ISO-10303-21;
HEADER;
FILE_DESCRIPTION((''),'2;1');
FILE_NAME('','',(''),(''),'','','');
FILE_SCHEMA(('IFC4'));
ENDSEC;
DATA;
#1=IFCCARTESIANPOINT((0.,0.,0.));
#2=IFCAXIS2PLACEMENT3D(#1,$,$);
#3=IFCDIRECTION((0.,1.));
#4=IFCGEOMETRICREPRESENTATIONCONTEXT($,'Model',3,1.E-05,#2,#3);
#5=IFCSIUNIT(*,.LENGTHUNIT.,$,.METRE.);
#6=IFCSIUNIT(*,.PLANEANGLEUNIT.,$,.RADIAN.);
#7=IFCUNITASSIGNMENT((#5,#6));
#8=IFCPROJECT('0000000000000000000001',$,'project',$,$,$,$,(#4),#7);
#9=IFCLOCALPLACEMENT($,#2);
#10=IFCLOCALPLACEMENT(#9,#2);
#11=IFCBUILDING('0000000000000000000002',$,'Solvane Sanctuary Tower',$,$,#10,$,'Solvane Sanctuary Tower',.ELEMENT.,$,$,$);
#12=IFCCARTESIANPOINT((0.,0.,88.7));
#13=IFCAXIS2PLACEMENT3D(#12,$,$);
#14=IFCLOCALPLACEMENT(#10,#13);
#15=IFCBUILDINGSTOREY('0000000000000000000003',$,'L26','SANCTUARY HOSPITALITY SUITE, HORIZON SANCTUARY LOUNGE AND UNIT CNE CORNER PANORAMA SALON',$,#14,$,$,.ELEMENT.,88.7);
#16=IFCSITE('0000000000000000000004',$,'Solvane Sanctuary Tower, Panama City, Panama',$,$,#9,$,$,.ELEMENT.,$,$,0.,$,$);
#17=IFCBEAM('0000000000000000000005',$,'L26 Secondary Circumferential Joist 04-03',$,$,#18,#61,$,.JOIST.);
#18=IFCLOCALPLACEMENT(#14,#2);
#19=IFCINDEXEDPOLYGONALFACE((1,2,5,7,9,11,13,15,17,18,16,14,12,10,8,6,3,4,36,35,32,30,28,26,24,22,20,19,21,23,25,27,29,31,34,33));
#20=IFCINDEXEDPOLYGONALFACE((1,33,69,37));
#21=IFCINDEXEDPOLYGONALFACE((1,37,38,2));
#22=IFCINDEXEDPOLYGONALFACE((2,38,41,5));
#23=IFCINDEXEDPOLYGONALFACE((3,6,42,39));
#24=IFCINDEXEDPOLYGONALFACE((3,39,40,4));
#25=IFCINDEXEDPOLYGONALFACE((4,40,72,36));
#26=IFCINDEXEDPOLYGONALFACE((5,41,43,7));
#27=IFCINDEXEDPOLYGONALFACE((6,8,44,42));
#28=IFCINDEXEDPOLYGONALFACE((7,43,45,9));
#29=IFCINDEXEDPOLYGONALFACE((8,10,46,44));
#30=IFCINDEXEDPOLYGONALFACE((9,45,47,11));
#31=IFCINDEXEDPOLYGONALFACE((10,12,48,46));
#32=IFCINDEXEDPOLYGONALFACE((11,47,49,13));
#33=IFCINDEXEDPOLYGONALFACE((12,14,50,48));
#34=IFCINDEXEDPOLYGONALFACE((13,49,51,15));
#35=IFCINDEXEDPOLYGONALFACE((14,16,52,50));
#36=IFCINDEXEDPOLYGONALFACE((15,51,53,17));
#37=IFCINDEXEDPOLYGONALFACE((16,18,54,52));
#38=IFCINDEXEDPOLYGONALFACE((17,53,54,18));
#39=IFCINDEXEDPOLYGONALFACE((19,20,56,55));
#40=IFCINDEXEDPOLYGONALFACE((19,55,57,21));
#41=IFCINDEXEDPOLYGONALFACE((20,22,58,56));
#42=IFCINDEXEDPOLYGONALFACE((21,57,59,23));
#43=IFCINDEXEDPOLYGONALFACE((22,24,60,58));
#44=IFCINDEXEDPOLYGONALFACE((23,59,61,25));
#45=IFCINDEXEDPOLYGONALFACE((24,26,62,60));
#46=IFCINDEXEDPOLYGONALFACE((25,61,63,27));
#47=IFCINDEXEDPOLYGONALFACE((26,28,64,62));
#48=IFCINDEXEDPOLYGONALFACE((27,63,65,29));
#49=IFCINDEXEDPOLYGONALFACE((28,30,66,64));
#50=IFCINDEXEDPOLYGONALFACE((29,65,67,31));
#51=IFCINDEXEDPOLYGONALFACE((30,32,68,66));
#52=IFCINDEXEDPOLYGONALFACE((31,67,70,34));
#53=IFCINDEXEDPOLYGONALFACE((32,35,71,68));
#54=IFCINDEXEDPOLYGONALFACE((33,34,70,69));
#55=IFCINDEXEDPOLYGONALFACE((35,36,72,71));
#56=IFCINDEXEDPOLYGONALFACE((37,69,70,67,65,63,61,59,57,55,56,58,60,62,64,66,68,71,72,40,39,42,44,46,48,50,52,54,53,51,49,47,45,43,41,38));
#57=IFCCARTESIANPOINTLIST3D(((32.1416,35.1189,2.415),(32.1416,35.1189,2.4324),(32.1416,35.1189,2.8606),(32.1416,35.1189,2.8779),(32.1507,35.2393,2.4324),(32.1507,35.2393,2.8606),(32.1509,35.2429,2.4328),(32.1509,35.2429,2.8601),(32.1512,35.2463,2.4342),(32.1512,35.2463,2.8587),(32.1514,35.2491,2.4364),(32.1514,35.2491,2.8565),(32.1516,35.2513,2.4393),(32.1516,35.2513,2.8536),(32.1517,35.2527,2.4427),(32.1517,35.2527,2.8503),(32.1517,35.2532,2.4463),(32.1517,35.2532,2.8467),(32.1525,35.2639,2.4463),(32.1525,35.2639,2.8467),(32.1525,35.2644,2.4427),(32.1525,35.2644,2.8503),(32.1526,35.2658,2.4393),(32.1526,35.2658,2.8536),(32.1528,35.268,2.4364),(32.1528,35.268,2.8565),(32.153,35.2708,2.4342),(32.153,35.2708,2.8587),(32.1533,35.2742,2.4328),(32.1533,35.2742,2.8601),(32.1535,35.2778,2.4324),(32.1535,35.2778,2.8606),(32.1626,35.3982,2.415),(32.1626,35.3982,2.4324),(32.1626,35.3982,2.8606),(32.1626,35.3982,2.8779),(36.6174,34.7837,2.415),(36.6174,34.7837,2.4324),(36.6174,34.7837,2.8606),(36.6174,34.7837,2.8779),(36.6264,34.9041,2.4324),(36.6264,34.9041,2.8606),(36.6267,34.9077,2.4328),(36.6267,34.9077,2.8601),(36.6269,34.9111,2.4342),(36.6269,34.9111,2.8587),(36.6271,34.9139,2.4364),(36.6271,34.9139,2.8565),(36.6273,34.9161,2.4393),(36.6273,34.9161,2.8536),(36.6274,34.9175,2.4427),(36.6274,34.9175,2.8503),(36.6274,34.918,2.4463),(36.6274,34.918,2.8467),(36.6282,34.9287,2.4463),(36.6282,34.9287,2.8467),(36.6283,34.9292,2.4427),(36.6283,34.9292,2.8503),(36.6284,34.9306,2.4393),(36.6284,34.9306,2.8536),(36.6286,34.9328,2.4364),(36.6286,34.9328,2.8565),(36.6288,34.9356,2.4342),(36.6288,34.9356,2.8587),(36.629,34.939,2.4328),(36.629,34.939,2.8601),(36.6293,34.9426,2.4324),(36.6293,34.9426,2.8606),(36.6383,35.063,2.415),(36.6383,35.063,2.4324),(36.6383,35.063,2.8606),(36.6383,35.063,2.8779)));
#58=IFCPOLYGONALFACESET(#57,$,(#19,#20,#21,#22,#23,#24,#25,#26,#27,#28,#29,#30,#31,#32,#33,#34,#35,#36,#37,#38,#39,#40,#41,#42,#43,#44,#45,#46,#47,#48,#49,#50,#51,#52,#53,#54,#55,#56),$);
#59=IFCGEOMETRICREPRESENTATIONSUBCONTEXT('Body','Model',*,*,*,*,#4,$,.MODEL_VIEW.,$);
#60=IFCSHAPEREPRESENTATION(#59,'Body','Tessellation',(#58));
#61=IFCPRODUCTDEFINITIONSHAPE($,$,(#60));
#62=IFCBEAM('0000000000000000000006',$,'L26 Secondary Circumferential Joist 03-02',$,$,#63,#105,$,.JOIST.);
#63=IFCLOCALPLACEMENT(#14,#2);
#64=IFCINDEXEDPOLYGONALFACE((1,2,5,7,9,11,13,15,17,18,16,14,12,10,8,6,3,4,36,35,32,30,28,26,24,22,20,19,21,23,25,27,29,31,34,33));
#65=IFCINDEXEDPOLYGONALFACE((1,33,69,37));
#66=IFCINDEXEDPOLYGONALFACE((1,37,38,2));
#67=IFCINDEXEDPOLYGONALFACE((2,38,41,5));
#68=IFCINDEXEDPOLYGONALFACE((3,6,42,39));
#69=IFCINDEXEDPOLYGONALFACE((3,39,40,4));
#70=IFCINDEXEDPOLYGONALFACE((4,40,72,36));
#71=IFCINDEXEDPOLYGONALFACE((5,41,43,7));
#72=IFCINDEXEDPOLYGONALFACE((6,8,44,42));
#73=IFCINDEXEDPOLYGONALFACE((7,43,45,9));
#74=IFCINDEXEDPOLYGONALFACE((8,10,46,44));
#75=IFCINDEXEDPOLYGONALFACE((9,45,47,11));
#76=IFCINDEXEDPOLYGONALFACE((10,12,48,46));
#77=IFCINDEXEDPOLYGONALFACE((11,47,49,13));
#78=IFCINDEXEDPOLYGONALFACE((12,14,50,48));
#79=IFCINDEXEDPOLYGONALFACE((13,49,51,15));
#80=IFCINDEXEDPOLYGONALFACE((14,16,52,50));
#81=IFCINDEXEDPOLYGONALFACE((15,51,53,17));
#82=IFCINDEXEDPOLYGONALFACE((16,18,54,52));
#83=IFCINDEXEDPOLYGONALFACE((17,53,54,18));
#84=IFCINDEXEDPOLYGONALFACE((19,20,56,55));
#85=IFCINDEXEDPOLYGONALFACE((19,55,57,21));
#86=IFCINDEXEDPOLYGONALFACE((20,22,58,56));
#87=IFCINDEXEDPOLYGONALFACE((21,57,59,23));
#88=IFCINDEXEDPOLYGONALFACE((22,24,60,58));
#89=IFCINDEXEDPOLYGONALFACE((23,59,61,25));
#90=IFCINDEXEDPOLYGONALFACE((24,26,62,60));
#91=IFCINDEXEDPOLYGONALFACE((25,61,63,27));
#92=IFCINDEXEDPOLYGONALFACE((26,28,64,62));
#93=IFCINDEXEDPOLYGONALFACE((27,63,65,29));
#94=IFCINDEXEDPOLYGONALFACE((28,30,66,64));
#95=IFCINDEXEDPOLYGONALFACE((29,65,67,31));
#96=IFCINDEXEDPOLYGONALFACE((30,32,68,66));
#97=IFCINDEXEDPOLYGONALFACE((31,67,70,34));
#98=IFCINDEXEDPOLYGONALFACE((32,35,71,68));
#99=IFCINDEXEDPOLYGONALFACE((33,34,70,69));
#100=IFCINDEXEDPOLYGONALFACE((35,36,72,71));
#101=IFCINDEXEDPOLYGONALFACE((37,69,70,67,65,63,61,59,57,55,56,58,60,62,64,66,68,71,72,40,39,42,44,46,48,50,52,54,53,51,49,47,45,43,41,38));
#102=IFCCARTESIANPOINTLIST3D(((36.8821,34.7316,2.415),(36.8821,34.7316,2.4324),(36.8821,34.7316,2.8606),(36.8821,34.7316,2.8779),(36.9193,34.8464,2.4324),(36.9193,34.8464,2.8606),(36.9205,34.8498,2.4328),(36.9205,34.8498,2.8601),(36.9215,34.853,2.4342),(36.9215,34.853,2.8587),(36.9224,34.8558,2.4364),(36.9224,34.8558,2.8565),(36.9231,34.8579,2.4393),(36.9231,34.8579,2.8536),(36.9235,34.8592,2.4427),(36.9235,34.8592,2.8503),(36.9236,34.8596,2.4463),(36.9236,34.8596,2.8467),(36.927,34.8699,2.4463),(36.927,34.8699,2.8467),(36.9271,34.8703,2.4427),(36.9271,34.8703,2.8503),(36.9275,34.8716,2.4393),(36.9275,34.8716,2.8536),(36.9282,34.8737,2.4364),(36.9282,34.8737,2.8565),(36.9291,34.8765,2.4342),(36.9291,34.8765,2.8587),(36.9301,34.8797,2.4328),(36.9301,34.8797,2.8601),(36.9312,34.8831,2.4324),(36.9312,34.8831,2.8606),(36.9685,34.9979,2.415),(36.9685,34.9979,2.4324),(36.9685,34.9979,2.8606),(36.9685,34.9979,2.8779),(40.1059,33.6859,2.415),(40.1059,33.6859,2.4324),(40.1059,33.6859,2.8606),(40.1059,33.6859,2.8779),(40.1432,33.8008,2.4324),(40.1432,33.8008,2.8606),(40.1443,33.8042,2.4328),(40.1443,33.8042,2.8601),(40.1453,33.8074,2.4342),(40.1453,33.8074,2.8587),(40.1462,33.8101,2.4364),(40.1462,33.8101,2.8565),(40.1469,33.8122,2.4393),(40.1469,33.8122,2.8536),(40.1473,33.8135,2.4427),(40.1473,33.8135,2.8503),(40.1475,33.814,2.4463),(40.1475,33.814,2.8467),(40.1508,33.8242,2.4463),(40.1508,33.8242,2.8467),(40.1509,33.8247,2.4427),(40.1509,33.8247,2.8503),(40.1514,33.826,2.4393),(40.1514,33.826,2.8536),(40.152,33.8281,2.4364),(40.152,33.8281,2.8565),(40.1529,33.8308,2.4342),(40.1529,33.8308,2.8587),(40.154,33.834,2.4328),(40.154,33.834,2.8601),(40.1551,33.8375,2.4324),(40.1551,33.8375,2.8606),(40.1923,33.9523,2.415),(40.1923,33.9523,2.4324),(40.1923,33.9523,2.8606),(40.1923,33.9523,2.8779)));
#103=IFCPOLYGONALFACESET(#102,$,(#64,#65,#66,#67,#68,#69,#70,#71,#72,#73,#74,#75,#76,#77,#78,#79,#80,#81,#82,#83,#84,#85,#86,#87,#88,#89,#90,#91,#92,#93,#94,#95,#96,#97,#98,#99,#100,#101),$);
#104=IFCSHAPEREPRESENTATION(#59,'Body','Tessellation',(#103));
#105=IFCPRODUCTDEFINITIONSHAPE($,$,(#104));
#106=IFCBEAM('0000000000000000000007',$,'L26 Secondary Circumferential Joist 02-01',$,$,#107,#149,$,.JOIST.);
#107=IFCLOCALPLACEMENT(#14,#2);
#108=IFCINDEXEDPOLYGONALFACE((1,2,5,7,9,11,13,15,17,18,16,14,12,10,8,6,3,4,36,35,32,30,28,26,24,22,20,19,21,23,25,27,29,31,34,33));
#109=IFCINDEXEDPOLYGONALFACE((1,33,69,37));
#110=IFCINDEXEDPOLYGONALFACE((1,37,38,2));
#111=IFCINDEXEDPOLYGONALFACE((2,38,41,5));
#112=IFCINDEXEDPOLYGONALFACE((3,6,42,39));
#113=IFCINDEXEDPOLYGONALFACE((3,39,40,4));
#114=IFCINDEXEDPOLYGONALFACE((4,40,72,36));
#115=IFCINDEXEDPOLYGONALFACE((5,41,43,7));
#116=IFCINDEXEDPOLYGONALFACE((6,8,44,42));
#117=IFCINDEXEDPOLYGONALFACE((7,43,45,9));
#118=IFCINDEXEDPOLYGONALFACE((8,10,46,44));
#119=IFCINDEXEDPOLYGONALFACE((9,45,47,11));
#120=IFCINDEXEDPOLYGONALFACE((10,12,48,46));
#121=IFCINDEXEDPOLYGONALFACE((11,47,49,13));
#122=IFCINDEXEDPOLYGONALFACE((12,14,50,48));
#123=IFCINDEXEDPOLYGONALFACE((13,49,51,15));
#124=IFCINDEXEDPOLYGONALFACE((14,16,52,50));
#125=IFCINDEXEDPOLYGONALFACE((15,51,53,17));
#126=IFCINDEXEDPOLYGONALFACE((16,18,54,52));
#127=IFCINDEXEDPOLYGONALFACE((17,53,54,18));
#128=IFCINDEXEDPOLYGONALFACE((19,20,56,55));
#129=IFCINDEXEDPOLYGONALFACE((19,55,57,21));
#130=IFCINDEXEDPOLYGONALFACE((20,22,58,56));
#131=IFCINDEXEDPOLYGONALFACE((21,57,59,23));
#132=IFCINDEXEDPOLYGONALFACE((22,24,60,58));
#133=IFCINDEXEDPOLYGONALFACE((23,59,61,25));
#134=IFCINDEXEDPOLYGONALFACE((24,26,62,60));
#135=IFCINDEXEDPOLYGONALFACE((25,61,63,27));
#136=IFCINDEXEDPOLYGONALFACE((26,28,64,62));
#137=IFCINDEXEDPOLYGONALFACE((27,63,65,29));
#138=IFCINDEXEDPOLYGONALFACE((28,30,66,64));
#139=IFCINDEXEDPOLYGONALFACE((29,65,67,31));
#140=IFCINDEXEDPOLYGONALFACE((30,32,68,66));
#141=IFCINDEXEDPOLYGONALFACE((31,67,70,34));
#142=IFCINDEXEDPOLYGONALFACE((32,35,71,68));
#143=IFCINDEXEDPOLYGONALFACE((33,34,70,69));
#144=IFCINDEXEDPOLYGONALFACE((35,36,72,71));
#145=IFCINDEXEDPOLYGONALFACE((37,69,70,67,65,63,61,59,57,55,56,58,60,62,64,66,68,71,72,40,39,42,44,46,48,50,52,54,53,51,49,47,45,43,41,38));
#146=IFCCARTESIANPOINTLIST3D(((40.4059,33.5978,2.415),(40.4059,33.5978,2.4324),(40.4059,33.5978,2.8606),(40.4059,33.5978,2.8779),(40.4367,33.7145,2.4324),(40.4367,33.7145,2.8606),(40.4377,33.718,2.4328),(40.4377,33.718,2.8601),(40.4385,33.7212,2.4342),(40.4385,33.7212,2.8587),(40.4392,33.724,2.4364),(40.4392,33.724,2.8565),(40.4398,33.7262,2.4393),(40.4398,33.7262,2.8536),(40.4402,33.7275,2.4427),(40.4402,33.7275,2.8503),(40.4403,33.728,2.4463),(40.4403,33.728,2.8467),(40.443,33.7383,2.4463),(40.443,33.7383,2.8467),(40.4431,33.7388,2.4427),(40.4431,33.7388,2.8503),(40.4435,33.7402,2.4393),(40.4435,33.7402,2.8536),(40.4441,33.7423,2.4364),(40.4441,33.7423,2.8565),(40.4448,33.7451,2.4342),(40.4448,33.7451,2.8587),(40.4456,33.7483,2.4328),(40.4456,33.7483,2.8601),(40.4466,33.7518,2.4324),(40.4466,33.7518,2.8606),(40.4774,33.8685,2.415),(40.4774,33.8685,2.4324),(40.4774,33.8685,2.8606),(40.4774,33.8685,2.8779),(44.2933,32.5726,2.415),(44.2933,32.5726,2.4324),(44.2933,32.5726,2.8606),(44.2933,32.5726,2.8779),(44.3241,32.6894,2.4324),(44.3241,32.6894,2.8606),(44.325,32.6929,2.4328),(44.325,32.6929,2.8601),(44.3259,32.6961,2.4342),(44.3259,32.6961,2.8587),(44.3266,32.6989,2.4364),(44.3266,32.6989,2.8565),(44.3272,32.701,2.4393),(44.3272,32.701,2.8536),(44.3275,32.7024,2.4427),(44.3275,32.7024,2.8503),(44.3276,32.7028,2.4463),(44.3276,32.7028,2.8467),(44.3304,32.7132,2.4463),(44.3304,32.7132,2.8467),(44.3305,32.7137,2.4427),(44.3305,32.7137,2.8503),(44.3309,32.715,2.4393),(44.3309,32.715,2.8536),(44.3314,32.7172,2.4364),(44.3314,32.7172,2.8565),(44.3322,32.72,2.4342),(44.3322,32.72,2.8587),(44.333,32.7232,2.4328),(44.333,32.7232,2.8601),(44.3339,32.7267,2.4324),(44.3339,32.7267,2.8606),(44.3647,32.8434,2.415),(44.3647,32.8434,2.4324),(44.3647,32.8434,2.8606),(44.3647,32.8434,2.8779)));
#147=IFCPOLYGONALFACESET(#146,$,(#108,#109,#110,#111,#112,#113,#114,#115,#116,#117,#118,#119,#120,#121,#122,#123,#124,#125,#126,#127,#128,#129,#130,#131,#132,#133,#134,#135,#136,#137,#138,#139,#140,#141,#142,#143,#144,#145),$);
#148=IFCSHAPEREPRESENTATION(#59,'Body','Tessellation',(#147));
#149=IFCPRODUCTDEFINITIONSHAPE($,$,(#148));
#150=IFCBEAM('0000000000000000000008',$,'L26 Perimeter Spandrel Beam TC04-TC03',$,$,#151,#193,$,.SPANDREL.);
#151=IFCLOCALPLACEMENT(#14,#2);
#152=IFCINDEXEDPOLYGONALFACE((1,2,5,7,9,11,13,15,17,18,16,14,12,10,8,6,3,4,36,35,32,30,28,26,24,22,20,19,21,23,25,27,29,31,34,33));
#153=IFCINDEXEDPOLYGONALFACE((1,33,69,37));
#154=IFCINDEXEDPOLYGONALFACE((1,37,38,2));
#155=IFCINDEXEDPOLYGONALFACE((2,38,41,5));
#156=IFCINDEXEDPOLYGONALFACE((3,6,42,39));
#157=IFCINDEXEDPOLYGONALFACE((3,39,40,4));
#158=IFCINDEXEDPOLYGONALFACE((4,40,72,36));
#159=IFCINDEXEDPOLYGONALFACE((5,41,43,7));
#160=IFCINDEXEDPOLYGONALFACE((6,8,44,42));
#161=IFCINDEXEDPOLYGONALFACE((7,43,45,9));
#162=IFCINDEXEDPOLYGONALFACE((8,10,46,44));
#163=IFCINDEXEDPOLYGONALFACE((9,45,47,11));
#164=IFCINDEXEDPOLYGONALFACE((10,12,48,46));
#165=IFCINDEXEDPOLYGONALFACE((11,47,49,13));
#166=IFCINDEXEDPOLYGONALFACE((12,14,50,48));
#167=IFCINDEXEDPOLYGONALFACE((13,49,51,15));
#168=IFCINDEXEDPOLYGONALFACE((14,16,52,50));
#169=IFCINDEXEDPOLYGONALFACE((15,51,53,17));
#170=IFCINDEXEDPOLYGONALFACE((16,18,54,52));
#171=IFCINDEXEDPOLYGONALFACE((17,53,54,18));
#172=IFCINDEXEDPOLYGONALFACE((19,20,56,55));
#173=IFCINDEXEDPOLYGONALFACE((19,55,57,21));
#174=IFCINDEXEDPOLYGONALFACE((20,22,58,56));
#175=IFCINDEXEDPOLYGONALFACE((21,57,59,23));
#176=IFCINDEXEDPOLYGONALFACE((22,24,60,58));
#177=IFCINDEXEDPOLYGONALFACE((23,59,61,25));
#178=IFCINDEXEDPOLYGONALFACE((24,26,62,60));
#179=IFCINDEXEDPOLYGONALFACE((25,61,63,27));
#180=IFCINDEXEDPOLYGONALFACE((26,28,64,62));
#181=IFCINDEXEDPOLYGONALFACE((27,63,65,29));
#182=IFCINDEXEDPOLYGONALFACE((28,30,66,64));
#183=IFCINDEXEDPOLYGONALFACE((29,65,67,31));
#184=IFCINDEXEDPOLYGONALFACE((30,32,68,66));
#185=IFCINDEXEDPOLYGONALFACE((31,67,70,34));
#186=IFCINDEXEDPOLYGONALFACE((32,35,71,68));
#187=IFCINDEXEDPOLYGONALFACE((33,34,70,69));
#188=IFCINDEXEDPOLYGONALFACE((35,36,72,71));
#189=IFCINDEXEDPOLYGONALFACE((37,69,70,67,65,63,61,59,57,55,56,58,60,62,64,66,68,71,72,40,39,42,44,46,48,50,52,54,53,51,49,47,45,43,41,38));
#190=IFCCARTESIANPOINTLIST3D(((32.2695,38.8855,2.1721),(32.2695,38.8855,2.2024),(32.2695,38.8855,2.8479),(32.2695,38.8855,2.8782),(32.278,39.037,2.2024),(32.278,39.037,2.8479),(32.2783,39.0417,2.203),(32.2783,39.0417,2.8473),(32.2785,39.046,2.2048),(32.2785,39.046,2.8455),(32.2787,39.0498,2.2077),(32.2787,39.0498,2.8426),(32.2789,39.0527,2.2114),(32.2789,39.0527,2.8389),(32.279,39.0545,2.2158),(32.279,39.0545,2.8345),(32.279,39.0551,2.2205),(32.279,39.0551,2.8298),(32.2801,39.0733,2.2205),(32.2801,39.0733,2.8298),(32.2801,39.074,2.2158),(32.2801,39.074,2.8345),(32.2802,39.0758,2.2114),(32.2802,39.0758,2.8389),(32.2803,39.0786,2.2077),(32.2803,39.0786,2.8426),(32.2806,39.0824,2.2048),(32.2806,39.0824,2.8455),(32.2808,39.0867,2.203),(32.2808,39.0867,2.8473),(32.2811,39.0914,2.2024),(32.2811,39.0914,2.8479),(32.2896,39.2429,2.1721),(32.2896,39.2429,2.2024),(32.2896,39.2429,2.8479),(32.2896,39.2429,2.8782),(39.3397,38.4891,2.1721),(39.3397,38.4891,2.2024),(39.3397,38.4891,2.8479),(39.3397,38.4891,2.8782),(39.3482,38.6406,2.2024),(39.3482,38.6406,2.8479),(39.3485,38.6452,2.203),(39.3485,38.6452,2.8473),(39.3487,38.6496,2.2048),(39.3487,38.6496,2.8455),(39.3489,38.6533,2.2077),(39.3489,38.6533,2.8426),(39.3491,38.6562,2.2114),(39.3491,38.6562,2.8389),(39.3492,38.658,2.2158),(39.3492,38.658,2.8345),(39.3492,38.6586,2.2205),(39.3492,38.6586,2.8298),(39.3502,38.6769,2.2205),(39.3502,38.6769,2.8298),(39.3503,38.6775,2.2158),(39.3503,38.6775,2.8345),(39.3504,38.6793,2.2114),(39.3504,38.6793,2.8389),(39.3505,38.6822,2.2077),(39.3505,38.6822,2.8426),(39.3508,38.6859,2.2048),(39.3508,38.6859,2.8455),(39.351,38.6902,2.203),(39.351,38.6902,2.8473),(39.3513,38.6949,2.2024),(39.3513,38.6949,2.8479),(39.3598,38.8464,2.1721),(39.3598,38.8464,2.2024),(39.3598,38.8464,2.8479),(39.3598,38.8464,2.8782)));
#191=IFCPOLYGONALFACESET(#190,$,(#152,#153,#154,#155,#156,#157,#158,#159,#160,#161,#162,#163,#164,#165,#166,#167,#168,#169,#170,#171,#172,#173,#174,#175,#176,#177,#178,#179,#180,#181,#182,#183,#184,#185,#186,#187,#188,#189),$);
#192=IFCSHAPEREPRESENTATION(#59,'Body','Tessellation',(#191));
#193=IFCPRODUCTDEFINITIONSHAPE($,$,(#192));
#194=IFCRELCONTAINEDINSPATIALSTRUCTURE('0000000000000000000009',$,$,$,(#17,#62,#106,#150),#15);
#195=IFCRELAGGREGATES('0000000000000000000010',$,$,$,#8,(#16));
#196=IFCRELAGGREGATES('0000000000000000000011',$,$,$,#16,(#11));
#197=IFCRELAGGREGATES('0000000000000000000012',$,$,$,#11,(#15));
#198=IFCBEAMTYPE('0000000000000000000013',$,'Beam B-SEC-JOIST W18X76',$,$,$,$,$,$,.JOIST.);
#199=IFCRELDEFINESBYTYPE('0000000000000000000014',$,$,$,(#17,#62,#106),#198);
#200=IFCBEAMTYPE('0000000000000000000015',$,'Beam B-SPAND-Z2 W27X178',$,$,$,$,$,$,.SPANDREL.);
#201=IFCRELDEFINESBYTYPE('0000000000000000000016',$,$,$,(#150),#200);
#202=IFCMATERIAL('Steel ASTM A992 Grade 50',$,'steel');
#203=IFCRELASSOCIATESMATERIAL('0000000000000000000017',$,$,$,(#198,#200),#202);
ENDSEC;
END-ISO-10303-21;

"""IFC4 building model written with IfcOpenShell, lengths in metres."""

from ifc_helpers import new_model, si_unit, direction, frame, origin, origin_2d, place, context, subcontext, project, spatial, i_section, extrude, material, material_profile, profile_set, type_object, element, save


model = new_model("IFC4")

# Units and contexts
model_context = context("Model", 3, precision=1e-05, world=origin(), true_north=direction((0.0, 1.0)))
body_context = subcontext(model_context, "Body", "Model", "MODEL_VIEW")
ifc_project = project(units=[si_unit("LENGTHUNIT", "METRE"), si_unit("PLANEANGLEUNIT", "RADIAN")], contexts=[model_context])

# Site, building, storey
site_placement = place(None, origin())
site = spatial("IfcSite", under=ifc_project, at=site_placement, Name="Solvane Sanctuary Tower, Panama City, Panama", CompositionType="ELEMENT", RefElevation=0.0)
building_placement = place(site_placement, origin())
building = spatial("IfcBuilding", under=site, at=building_placement, Name="Solvane Sanctuary Tower", LongName="Solvane Sanctuary Tower", CompositionType="ELEMENT")
storey_placement = place(building_placement, frame((0.0, 0.0, 88.7)))
storey = spatial("IfcBuildingStorey", under=building, at=storey_placement, Name="L26", Description="SANCTUARY HOSPITALITY SUITE, HORIZON SANCTUARY LOUNGE AND UNIT CNE CORNER PANORAMA SALON", CompositionType="ELEMENT", Elevation=88.7)

# Beams
ifc_material_1 = material(Name="Steel ASTM A992 Grade 50", Category="steel")
ifc_material_profile_1 = material_profile(ifc_material_1, i_section(OverallWidth=0.28, OverallDepth=0.4629, WebThickness=0.0107, FlangeThickness=0.0173, FilletRadius=0.0139, at=origin_2d()), Name="W18X76")
ifc_profile_set_1 = profile_set([ifc_material_profile_1], Name="Steel ASTM A992 Grade 50")
beam_type_1 = type_object("IfcBeamType", Name="Beam B-SEC-JOIST W18X76", PredefinedType="JOIST", material=ifc_profile_set_1)
beam_1_placement = place(storey_placement, frame((32.1521, 35.2585, 2.6465), z_axis=(0.997207, -0.074683, 0.0), x_axis=(0.074683, 0.997207, 0.0)))
element("IfcBeam", 1, at=beam_1_placement, inside=storey, type_object=beam_type_1, Name="L26 Secondary Circumferential Joist 04-03", PredefinedType="JOIST", context=body_context, shape_type="SweptSolid", body=[
    extrude(i_section(OverallWidth=0.28, OverallDepth=0.4629, WebThickness=0.0107, FlangeThickness=0.0173, FilletRadius=0.0139, at=origin_2d()), origin(), (0.0, 0.0, 1.0), 4.4883),
])
beam_2_placement = place(storey_placement, frame((36.9253, 34.8647, 2.6465), z_axis=(0.951217, -0.308524, 0.0), x_axis=(0.308524, 0.951217, 0.0)))
element("IfcBeam", 2, at=beam_2_placement, inside=storey, type_object=beam_type_1, Name="L26 Secondary Circumferential Joist 03-02", PredefinedType="JOIST", context=body_context, shape_type="SweptSolid", body=[
    extrude(i_section(OverallWidth=0.28, OverallDepth=0.4629, WebThickness=0.0107, FlangeThickness=0.0173, FilletRadius=0.0139, at=origin_2d()), origin(), (0.0, 0.0, 1.0), 3.3892),
])
beam_3_placement = place(storey_placement, frame((40.4417, 33.7332, 2.6465), z_axis=(0.966944, -0.254989, 0.0), x_axis=(0.254989, 0.966944, 0.0)))
element("IfcBeam", 3, at=beam_3_placement, inside=storey, type_object=beam_type_1, Name="L26 Secondary Circumferential Joist 02-01", PredefinedType="JOIST", context=body_context, shape_type="SweptSolid", body=[
    extrude(i_section(OverallWidth=0.28, OverallDepth=0.4629, WebThickness=0.0107, FlangeThickness=0.0173, FilletRadius=0.0139, at=origin_2d()), origin(), (0.0, 0.0, 1.0), 4.0203),
])
ifc_material_profile_2 = material_profile(ifc_material_1, i_section(OverallWidth=0.3579, OverallDepth=0.7061, WebThickness=0.0183, FlangeThickness=0.0303, FilletRadius=0.0181, at=origin_2d()), Name="W27X178")
ifc_profile_set_2 = profile_set([ifc_material_profile_2], Name="Steel ASTM A992 Grade 50")
beam_type_2 = type_object("IfcBeamType", Name="Beam B-SPAND-Z2 W27X178", PredefinedType="SPANDREL", material=ifc_profile_set_2)
beam_4_placement = place(storey_placement, frame((32.2795, 39.0642, 2.5251), z_axis=(0.998431, -0.055989, 0.0), x_axis=(0.055989, 0.998431, 0.0)))
element("IfcBeam", 4, at=beam_4_placement, inside=storey, type_object=beam_type_2, Name="L26 Perimeter Spandrel Beam TC04-TC03", PredefinedType="SPANDREL", context=body_context, shape_type="SweptSolid", body=[
    extrude(i_section(OverallWidth=0.3579, OverallDepth=0.7061, WebThickness=0.0183, FlangeThickness=0.0303, FilletRadius=0.0181, at=origin_2d()), origin(), (0.0, 0.0, 1.0), 7.0813),
])

save(model, "model.ifc")
